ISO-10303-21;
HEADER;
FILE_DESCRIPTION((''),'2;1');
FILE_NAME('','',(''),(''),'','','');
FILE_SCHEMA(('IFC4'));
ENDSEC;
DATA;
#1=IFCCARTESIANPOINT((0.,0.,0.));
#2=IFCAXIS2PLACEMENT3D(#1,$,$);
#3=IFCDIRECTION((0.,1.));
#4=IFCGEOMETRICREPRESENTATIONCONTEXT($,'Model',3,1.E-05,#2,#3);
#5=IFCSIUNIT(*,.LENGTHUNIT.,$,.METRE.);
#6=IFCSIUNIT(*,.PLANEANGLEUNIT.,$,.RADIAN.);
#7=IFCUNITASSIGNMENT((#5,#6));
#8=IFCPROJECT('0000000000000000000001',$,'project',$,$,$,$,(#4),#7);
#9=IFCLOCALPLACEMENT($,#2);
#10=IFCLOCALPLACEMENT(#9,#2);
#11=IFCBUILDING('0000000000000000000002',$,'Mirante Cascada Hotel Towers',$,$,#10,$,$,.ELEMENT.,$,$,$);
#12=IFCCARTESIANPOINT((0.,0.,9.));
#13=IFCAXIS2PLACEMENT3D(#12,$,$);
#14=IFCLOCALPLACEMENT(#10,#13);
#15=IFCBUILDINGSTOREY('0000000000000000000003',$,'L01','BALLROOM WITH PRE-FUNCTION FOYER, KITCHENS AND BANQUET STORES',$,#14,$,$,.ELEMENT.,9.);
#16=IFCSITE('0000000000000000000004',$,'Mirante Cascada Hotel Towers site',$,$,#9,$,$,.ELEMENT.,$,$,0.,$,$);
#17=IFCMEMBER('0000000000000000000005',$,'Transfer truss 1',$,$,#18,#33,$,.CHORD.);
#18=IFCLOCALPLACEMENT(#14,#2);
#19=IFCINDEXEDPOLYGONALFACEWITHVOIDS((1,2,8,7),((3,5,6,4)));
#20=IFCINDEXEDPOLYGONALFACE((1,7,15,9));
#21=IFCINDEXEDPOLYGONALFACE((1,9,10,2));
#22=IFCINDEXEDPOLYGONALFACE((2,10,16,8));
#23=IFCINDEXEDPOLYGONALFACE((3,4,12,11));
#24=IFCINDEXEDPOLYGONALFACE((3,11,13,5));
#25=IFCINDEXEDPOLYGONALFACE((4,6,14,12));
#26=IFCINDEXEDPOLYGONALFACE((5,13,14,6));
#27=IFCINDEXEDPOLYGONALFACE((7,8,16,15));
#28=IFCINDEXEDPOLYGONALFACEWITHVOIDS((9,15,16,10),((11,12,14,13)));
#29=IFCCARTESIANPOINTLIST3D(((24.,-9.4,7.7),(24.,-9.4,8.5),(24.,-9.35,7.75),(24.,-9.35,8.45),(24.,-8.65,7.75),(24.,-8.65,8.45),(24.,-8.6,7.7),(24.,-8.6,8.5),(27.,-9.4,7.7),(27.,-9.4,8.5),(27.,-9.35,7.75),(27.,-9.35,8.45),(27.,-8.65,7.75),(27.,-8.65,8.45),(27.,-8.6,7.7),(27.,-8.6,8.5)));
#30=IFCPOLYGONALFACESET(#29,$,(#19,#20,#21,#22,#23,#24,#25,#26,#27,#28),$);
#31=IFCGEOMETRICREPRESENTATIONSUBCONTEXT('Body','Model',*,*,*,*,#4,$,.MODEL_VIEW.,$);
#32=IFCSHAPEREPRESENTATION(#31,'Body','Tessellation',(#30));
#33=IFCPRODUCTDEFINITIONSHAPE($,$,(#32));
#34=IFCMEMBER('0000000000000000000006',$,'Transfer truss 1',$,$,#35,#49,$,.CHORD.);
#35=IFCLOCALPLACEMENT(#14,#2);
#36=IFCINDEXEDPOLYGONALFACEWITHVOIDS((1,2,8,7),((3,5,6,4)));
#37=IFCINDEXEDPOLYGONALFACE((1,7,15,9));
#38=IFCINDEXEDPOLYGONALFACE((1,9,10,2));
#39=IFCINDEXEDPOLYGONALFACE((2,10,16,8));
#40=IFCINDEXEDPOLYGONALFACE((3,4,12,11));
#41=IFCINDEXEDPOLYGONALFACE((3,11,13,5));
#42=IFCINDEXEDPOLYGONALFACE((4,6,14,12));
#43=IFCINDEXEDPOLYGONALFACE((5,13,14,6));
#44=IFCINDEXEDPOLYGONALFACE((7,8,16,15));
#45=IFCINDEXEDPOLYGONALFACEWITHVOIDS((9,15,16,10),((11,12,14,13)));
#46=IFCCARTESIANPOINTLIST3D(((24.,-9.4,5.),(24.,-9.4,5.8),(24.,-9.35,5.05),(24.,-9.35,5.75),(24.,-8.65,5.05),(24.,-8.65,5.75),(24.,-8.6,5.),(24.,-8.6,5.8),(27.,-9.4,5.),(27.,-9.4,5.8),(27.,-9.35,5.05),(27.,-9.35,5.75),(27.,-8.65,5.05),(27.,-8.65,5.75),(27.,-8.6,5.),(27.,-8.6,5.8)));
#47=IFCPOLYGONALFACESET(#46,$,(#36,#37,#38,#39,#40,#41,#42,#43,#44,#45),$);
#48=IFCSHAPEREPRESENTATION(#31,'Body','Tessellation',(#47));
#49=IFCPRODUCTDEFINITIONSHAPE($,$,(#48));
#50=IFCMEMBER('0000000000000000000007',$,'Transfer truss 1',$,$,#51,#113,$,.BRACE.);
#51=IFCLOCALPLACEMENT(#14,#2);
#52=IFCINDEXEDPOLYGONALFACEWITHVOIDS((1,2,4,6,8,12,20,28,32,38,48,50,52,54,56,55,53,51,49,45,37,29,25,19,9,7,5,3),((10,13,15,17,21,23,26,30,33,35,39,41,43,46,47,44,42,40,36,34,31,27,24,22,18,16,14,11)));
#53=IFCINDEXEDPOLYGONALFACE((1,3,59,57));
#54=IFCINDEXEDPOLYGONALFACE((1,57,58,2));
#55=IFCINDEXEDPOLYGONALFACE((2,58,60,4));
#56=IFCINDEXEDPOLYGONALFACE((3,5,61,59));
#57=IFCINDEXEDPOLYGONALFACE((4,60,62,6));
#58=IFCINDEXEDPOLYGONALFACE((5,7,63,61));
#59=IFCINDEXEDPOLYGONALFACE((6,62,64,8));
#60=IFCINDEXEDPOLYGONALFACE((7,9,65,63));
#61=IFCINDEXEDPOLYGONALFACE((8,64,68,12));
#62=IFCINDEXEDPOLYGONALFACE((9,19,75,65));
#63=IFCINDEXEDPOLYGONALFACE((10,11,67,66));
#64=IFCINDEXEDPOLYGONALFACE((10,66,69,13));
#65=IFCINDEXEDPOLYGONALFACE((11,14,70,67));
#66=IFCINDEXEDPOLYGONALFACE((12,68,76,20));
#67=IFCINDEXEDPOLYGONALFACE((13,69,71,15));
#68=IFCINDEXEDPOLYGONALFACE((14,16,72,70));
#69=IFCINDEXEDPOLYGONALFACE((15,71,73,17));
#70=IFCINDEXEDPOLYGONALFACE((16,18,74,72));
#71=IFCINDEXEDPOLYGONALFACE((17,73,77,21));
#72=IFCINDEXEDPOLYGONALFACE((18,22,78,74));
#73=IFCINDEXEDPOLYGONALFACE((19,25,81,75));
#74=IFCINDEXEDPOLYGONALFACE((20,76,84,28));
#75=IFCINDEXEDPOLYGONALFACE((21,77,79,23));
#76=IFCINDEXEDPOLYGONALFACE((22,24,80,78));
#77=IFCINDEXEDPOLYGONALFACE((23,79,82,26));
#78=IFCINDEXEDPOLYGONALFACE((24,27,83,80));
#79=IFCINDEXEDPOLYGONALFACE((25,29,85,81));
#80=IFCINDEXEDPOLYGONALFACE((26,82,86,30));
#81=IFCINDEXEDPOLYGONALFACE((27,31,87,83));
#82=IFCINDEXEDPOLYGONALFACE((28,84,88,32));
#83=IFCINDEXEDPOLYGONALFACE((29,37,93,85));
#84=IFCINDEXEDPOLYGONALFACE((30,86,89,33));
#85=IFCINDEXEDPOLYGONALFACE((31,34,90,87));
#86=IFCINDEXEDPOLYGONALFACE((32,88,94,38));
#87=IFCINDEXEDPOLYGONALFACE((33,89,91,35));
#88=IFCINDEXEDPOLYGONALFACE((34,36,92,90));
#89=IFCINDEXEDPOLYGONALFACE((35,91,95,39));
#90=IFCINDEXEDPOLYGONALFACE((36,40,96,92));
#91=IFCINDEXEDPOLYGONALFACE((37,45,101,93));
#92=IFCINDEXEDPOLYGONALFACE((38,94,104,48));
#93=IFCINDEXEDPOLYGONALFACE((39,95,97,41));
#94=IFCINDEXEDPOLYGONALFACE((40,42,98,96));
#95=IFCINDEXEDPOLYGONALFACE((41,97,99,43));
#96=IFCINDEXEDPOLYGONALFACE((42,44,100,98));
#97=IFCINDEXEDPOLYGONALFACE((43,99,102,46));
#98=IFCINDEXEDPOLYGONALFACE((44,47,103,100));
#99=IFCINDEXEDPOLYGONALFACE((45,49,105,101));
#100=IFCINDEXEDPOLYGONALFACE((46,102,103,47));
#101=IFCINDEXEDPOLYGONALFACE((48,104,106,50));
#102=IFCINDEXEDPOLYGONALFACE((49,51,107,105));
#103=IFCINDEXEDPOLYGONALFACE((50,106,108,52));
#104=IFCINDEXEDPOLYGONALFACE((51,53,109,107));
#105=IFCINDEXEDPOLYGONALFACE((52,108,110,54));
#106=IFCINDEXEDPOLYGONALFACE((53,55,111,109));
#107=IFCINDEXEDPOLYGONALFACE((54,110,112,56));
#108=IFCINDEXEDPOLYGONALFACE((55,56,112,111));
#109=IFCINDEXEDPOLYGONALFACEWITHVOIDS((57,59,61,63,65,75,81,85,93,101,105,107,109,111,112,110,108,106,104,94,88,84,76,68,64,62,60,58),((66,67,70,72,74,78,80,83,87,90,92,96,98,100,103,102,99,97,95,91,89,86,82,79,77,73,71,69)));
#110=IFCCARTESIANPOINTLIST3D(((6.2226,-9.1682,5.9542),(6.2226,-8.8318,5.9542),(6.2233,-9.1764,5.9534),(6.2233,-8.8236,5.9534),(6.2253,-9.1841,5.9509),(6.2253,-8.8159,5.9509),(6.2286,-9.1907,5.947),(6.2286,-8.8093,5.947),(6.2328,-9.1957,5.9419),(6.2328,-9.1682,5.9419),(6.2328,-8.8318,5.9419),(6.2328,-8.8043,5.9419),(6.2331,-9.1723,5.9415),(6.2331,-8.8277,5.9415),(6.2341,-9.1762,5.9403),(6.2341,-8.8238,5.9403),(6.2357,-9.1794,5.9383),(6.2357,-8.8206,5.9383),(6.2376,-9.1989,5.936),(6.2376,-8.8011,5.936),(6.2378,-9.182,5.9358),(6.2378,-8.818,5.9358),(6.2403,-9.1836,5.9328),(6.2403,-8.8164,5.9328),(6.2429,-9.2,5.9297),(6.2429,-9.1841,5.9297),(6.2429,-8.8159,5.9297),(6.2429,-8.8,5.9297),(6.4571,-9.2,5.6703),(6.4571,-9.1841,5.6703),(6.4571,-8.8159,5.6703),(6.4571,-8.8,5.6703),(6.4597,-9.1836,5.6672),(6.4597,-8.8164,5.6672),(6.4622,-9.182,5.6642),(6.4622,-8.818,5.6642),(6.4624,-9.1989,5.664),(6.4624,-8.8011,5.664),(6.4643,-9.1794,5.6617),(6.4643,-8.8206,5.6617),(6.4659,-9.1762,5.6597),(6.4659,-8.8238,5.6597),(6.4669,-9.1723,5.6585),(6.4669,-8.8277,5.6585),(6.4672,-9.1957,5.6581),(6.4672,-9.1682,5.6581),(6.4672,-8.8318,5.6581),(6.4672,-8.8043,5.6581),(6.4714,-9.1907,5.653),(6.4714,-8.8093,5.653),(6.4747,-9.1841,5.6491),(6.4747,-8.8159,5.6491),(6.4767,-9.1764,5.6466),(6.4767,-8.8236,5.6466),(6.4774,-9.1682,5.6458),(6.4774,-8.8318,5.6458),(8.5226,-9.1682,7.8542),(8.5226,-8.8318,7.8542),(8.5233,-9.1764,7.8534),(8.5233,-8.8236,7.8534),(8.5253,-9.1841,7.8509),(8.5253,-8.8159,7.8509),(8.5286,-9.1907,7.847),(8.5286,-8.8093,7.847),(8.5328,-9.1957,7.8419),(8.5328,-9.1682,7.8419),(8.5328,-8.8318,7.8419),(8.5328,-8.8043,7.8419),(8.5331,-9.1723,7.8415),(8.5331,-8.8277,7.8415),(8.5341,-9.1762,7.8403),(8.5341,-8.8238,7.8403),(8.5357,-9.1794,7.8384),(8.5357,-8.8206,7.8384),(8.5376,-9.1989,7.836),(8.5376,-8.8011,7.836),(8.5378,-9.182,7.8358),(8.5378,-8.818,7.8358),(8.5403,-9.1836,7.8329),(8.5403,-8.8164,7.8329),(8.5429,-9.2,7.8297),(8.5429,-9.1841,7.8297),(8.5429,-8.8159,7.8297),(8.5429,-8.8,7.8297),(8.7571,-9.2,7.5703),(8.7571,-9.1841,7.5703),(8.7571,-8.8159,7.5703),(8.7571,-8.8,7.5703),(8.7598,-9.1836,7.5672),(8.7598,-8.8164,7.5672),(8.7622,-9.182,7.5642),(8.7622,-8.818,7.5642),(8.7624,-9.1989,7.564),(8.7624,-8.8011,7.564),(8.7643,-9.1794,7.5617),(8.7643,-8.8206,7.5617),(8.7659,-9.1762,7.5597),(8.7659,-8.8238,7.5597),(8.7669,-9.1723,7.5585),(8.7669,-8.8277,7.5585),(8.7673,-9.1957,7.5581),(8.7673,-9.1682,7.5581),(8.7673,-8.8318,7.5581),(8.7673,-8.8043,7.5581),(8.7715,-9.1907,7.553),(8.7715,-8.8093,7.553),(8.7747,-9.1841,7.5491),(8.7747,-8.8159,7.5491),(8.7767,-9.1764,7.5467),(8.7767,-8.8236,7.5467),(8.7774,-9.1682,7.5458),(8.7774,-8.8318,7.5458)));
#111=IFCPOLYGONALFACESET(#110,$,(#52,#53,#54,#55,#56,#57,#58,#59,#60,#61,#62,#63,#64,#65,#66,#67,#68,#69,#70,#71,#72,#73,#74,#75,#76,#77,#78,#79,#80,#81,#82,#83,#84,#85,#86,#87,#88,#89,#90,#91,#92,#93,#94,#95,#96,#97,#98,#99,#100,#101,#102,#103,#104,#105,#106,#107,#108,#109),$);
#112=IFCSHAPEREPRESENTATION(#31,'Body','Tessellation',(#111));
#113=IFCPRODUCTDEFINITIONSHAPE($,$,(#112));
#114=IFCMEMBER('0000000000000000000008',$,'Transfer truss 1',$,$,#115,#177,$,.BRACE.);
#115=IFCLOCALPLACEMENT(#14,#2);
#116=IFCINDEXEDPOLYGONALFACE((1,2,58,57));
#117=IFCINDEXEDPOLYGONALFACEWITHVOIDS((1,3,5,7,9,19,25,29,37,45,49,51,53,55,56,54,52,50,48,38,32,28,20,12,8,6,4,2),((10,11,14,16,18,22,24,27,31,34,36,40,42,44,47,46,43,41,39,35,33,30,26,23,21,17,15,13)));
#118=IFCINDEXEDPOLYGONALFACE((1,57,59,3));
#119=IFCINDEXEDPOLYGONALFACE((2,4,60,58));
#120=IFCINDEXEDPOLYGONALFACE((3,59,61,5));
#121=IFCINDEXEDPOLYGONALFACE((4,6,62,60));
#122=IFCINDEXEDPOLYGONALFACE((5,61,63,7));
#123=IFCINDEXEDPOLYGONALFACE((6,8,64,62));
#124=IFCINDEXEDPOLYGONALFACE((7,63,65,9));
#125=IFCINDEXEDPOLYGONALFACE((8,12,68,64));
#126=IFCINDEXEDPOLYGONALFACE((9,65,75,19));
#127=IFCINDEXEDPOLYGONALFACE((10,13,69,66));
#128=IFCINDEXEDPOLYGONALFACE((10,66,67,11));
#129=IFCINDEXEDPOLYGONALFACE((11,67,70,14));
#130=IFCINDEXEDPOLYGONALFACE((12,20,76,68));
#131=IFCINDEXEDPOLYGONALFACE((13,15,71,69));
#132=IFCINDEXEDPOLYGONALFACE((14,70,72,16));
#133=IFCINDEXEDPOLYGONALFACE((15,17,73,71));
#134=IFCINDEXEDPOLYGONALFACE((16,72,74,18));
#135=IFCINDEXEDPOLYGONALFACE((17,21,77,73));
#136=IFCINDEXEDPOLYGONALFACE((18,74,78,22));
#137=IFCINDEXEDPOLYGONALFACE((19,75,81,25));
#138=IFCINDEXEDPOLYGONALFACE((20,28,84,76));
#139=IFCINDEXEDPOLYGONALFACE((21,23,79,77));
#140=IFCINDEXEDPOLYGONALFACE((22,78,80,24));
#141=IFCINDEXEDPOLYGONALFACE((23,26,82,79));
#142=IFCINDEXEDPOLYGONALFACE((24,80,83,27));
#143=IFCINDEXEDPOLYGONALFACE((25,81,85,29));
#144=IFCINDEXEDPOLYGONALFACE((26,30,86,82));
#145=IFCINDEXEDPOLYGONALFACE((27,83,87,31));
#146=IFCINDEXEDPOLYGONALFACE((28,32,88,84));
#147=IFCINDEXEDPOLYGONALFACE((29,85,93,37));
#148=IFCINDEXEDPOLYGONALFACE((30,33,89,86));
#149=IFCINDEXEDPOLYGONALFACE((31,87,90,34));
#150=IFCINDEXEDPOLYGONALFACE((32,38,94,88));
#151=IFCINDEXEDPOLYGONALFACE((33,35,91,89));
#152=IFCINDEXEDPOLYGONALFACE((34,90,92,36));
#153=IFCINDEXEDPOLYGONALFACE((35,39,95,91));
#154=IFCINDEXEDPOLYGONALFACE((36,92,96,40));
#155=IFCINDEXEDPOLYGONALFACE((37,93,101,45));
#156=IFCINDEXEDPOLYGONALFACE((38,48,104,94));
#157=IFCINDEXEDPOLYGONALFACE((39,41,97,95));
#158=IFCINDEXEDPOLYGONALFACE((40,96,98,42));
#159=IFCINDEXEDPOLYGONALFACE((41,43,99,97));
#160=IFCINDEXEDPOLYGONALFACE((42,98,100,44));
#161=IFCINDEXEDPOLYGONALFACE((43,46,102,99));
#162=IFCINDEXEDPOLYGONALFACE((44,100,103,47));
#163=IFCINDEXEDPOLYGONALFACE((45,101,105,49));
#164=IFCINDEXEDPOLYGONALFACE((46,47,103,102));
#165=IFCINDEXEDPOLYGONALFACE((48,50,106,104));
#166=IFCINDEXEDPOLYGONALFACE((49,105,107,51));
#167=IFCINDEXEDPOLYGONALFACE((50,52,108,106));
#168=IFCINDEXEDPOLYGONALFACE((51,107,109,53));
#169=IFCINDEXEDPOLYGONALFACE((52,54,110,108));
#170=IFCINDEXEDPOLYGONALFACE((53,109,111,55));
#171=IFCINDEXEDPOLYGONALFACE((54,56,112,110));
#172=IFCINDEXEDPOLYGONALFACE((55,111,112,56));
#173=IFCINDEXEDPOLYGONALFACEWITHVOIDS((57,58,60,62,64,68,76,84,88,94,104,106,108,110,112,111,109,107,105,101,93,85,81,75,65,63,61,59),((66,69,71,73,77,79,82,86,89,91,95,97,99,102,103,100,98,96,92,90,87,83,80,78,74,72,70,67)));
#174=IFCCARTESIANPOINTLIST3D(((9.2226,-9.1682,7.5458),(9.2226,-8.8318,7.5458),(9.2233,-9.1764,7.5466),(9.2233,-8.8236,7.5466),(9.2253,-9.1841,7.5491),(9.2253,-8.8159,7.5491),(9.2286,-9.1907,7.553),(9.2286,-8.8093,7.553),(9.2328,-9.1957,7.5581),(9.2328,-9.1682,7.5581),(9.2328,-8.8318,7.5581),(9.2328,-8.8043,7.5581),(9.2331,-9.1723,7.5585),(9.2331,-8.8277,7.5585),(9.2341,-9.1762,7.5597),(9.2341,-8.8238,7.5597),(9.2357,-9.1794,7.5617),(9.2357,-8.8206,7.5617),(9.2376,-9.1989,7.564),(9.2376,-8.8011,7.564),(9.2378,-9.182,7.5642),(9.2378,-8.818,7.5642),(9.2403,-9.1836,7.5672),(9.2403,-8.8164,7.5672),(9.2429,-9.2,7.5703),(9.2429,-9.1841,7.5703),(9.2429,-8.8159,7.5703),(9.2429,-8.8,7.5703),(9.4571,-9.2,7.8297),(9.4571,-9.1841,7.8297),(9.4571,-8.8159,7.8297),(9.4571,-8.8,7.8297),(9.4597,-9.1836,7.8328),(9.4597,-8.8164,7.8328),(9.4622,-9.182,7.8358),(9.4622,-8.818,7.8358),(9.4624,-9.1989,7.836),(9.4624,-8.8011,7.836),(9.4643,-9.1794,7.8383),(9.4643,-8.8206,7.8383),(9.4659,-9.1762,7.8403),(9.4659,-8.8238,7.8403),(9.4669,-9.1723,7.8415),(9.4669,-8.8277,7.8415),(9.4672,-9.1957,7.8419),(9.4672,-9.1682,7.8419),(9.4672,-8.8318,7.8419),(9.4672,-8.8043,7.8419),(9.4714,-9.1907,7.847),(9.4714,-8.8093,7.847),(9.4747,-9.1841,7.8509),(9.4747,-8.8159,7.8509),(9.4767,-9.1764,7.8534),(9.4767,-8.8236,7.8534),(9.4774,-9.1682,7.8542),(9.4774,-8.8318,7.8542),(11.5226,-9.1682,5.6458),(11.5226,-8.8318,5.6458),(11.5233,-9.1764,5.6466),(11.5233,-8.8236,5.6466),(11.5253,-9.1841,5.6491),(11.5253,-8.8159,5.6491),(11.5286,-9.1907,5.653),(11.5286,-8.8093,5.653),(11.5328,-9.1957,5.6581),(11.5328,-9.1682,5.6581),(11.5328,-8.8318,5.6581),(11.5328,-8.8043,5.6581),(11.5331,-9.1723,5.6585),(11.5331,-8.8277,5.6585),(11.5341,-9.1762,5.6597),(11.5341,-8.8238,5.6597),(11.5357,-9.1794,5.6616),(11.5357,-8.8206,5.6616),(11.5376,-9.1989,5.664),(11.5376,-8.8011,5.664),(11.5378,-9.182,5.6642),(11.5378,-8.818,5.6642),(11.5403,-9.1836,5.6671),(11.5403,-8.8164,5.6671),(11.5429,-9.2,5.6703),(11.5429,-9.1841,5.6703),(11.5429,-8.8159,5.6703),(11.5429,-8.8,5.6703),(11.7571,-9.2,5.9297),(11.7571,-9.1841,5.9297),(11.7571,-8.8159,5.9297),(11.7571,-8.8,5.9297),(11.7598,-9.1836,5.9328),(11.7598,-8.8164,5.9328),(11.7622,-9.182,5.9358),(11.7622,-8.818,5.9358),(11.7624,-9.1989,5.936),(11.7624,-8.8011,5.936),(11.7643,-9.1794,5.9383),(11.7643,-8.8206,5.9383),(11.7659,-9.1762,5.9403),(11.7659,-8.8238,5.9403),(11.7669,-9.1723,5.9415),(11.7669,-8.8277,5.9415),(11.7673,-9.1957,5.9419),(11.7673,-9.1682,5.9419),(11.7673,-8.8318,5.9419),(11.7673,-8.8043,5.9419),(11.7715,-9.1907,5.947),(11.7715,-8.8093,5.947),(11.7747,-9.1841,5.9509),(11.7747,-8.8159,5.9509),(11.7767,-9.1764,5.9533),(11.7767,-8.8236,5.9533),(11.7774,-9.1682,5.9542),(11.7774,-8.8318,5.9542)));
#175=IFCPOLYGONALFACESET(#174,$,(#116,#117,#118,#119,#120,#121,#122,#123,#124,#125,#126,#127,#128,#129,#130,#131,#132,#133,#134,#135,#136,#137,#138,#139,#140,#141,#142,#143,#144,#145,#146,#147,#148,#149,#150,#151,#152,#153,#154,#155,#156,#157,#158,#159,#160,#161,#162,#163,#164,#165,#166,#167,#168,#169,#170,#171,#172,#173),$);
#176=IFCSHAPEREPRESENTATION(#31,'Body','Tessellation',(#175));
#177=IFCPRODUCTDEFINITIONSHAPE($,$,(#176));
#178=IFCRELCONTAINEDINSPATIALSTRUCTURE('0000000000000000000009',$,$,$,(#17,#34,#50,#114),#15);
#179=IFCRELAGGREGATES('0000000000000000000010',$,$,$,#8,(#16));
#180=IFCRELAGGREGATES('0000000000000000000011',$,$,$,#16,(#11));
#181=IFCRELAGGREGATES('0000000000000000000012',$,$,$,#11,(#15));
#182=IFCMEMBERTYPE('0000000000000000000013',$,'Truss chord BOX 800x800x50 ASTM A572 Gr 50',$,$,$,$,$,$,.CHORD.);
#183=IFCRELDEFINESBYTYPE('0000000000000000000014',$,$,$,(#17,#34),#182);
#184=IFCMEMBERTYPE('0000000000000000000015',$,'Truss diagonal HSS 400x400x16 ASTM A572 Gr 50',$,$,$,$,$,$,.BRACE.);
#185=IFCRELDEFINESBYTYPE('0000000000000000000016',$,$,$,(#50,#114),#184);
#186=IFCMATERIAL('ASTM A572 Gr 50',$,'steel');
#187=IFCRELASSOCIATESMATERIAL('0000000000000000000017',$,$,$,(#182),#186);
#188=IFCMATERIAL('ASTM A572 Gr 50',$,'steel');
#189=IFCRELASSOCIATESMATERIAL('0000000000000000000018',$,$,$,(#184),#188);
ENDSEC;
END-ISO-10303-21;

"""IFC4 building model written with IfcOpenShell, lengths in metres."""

from ifc_helpers import new_model, si_unit, direction, frame, origin, origin_2d, place, context, subcontext, project, spatial, hollow_rectangle, extrude, material, material_profile, profile_set, type_object, element, save


model = new_model("IFC4")

# Units and contexts
model_context = context("Model", 3, precision=1e-05, world=origin(), true_north=direction((0.0, 1.0)))
body_context = subcontext(model_context, "Body", "Model", "MODEL_VIEW")
ifc_project = project(units=[si_unit("LENGTHUNIT", "METRE"), si_unit("PLANEANGLEUNIT", "RADIAN")], contexts=[model_context])

# Site, building, storey
site_placement = place(None, origin())
site = spatial("IfcSite", under=ifc_project, at=site_placement, Name="Mirante Cascada Hotel Towers site", CompositionType="ELEMENT", RefElevation=0.0)
building_placement = place(site_placement, origin())
building = spatial("IfcBuilding", under=site, at=building_placement, Name="Mirante Cascada Hotel Towers", CompositionType="ELEMENT")
storey_placement = place(building_placement, frame((0.0, 0.0, 9.0)))
storey = spatial("IfcBuildingStorey", under=building, at=storey_placement, Name="L01", Description="BALLROOM WITH PRE-FUNCTION FOYER, KITCHENS AND BANQUET STORES", CompositionType="ELEMENT", Elevation=9.0)

# Members
ifc_material_1 = material(Name="ASTM A572 Gr 50", Category="steel")
ifc_material_profile_1 = material_profile(ifc_material_1, hollow_rectangle(XDim=0.8, YDim=0.8, WallThickness=0.05, at=origin_2d()), Name="BOX 800x800x50")
ifc_profile_set_1 = profile_set([ifc_material_profile_1], Name="ASTM A572 Gr 50")
member_type_1 = type_object("IfcMemberType", Name="Truss chord BOX 800x800x50 ASTM A572 Gr 50", PredefinedType="CHORD", material=ifc_profile_set_1)
for number, where, z_axis, x_axis, name in (
    (1, (24.0, -9.0, 8.1), (1.0, 0.0, 0.0), (0.0, 1.0, 0.0), "Transfer truss 1"),
    (2, (24.0, -9.0, 5.4), (1.0, 0.0, 0.0), (0.0, 1.0, 0.0), "Transfer truss 1"),
):
    element("IfcMember", number, at=place(storey_placement, frame(where, z_axis=z_axis, x_axis=x_axis)), inside=storey, type_object=member_type_1, Name=name, PredefinedType="CHORD", context=body_context, shape_type="SweptSolid", body=[
        extrude(hollow_rectangle(XDim=0.8, YDim=0.8, WallThickness=0.05, at=origin_2d()), origin(), (0.0, 0.0, 1.0), 3.0),
    ])
ifc_material_2 = material(Name="ASTM A572 Gr 50", Category="steel")
ifc_material_profile_2 = material_profile(ifc_material_2, hollow_rectangle(XDim=0.4, YDim=0.4, WallThickness=0.0159, InnerFilletRadius=0.0159, OuterFilletRadius=0.0318, at=origin_2d()), Name="HSS 400x400x16")
ifc_profile_set_2 = profile_set([ifc_material_profile_2], Name="ASTM A572 Gr 50")
member_type_2 = type_object("IfcMemberType", Name="Truss diagonal HSS 400x400x16 ASTM A572 Gr 50", PredefinedType="BRACE", material=ifc_profile_set_2)
for number, where, z_axis, x_axis, name in (
    (3, (6.35, -9.0, 5.8), (0.770962, 0.0, 0.636881), (0.0, 1.0, 0.0), "Transfer truss 1"),
    (4, (9.35, -9.0, 7.7), (0.770962, 0.0, -0.636881), (0.0, 1.0, 0.0), "Transfer truss 1"),
):
    element("IfcMember", number, at=place(storey_placement, frame(where, z_axis=z_axis, x_axis=x_axis)), inside=storey, type_object=member_type_2, Name=name, PredefinedType="BRACE", context=body_context, shape_type="SweptSolid", body=[
        extrude(hollow_rectangle(XDim=0.4, YDim=0.4, WallThickness=0.0159, InnerFilletRadius=0.0159, OuterFilletRadius=0.0318, at=origin_2d()), origin(), (0.0, 0.0, 1.0), 2.9833),
    ])

save(model, "model.ifc")
